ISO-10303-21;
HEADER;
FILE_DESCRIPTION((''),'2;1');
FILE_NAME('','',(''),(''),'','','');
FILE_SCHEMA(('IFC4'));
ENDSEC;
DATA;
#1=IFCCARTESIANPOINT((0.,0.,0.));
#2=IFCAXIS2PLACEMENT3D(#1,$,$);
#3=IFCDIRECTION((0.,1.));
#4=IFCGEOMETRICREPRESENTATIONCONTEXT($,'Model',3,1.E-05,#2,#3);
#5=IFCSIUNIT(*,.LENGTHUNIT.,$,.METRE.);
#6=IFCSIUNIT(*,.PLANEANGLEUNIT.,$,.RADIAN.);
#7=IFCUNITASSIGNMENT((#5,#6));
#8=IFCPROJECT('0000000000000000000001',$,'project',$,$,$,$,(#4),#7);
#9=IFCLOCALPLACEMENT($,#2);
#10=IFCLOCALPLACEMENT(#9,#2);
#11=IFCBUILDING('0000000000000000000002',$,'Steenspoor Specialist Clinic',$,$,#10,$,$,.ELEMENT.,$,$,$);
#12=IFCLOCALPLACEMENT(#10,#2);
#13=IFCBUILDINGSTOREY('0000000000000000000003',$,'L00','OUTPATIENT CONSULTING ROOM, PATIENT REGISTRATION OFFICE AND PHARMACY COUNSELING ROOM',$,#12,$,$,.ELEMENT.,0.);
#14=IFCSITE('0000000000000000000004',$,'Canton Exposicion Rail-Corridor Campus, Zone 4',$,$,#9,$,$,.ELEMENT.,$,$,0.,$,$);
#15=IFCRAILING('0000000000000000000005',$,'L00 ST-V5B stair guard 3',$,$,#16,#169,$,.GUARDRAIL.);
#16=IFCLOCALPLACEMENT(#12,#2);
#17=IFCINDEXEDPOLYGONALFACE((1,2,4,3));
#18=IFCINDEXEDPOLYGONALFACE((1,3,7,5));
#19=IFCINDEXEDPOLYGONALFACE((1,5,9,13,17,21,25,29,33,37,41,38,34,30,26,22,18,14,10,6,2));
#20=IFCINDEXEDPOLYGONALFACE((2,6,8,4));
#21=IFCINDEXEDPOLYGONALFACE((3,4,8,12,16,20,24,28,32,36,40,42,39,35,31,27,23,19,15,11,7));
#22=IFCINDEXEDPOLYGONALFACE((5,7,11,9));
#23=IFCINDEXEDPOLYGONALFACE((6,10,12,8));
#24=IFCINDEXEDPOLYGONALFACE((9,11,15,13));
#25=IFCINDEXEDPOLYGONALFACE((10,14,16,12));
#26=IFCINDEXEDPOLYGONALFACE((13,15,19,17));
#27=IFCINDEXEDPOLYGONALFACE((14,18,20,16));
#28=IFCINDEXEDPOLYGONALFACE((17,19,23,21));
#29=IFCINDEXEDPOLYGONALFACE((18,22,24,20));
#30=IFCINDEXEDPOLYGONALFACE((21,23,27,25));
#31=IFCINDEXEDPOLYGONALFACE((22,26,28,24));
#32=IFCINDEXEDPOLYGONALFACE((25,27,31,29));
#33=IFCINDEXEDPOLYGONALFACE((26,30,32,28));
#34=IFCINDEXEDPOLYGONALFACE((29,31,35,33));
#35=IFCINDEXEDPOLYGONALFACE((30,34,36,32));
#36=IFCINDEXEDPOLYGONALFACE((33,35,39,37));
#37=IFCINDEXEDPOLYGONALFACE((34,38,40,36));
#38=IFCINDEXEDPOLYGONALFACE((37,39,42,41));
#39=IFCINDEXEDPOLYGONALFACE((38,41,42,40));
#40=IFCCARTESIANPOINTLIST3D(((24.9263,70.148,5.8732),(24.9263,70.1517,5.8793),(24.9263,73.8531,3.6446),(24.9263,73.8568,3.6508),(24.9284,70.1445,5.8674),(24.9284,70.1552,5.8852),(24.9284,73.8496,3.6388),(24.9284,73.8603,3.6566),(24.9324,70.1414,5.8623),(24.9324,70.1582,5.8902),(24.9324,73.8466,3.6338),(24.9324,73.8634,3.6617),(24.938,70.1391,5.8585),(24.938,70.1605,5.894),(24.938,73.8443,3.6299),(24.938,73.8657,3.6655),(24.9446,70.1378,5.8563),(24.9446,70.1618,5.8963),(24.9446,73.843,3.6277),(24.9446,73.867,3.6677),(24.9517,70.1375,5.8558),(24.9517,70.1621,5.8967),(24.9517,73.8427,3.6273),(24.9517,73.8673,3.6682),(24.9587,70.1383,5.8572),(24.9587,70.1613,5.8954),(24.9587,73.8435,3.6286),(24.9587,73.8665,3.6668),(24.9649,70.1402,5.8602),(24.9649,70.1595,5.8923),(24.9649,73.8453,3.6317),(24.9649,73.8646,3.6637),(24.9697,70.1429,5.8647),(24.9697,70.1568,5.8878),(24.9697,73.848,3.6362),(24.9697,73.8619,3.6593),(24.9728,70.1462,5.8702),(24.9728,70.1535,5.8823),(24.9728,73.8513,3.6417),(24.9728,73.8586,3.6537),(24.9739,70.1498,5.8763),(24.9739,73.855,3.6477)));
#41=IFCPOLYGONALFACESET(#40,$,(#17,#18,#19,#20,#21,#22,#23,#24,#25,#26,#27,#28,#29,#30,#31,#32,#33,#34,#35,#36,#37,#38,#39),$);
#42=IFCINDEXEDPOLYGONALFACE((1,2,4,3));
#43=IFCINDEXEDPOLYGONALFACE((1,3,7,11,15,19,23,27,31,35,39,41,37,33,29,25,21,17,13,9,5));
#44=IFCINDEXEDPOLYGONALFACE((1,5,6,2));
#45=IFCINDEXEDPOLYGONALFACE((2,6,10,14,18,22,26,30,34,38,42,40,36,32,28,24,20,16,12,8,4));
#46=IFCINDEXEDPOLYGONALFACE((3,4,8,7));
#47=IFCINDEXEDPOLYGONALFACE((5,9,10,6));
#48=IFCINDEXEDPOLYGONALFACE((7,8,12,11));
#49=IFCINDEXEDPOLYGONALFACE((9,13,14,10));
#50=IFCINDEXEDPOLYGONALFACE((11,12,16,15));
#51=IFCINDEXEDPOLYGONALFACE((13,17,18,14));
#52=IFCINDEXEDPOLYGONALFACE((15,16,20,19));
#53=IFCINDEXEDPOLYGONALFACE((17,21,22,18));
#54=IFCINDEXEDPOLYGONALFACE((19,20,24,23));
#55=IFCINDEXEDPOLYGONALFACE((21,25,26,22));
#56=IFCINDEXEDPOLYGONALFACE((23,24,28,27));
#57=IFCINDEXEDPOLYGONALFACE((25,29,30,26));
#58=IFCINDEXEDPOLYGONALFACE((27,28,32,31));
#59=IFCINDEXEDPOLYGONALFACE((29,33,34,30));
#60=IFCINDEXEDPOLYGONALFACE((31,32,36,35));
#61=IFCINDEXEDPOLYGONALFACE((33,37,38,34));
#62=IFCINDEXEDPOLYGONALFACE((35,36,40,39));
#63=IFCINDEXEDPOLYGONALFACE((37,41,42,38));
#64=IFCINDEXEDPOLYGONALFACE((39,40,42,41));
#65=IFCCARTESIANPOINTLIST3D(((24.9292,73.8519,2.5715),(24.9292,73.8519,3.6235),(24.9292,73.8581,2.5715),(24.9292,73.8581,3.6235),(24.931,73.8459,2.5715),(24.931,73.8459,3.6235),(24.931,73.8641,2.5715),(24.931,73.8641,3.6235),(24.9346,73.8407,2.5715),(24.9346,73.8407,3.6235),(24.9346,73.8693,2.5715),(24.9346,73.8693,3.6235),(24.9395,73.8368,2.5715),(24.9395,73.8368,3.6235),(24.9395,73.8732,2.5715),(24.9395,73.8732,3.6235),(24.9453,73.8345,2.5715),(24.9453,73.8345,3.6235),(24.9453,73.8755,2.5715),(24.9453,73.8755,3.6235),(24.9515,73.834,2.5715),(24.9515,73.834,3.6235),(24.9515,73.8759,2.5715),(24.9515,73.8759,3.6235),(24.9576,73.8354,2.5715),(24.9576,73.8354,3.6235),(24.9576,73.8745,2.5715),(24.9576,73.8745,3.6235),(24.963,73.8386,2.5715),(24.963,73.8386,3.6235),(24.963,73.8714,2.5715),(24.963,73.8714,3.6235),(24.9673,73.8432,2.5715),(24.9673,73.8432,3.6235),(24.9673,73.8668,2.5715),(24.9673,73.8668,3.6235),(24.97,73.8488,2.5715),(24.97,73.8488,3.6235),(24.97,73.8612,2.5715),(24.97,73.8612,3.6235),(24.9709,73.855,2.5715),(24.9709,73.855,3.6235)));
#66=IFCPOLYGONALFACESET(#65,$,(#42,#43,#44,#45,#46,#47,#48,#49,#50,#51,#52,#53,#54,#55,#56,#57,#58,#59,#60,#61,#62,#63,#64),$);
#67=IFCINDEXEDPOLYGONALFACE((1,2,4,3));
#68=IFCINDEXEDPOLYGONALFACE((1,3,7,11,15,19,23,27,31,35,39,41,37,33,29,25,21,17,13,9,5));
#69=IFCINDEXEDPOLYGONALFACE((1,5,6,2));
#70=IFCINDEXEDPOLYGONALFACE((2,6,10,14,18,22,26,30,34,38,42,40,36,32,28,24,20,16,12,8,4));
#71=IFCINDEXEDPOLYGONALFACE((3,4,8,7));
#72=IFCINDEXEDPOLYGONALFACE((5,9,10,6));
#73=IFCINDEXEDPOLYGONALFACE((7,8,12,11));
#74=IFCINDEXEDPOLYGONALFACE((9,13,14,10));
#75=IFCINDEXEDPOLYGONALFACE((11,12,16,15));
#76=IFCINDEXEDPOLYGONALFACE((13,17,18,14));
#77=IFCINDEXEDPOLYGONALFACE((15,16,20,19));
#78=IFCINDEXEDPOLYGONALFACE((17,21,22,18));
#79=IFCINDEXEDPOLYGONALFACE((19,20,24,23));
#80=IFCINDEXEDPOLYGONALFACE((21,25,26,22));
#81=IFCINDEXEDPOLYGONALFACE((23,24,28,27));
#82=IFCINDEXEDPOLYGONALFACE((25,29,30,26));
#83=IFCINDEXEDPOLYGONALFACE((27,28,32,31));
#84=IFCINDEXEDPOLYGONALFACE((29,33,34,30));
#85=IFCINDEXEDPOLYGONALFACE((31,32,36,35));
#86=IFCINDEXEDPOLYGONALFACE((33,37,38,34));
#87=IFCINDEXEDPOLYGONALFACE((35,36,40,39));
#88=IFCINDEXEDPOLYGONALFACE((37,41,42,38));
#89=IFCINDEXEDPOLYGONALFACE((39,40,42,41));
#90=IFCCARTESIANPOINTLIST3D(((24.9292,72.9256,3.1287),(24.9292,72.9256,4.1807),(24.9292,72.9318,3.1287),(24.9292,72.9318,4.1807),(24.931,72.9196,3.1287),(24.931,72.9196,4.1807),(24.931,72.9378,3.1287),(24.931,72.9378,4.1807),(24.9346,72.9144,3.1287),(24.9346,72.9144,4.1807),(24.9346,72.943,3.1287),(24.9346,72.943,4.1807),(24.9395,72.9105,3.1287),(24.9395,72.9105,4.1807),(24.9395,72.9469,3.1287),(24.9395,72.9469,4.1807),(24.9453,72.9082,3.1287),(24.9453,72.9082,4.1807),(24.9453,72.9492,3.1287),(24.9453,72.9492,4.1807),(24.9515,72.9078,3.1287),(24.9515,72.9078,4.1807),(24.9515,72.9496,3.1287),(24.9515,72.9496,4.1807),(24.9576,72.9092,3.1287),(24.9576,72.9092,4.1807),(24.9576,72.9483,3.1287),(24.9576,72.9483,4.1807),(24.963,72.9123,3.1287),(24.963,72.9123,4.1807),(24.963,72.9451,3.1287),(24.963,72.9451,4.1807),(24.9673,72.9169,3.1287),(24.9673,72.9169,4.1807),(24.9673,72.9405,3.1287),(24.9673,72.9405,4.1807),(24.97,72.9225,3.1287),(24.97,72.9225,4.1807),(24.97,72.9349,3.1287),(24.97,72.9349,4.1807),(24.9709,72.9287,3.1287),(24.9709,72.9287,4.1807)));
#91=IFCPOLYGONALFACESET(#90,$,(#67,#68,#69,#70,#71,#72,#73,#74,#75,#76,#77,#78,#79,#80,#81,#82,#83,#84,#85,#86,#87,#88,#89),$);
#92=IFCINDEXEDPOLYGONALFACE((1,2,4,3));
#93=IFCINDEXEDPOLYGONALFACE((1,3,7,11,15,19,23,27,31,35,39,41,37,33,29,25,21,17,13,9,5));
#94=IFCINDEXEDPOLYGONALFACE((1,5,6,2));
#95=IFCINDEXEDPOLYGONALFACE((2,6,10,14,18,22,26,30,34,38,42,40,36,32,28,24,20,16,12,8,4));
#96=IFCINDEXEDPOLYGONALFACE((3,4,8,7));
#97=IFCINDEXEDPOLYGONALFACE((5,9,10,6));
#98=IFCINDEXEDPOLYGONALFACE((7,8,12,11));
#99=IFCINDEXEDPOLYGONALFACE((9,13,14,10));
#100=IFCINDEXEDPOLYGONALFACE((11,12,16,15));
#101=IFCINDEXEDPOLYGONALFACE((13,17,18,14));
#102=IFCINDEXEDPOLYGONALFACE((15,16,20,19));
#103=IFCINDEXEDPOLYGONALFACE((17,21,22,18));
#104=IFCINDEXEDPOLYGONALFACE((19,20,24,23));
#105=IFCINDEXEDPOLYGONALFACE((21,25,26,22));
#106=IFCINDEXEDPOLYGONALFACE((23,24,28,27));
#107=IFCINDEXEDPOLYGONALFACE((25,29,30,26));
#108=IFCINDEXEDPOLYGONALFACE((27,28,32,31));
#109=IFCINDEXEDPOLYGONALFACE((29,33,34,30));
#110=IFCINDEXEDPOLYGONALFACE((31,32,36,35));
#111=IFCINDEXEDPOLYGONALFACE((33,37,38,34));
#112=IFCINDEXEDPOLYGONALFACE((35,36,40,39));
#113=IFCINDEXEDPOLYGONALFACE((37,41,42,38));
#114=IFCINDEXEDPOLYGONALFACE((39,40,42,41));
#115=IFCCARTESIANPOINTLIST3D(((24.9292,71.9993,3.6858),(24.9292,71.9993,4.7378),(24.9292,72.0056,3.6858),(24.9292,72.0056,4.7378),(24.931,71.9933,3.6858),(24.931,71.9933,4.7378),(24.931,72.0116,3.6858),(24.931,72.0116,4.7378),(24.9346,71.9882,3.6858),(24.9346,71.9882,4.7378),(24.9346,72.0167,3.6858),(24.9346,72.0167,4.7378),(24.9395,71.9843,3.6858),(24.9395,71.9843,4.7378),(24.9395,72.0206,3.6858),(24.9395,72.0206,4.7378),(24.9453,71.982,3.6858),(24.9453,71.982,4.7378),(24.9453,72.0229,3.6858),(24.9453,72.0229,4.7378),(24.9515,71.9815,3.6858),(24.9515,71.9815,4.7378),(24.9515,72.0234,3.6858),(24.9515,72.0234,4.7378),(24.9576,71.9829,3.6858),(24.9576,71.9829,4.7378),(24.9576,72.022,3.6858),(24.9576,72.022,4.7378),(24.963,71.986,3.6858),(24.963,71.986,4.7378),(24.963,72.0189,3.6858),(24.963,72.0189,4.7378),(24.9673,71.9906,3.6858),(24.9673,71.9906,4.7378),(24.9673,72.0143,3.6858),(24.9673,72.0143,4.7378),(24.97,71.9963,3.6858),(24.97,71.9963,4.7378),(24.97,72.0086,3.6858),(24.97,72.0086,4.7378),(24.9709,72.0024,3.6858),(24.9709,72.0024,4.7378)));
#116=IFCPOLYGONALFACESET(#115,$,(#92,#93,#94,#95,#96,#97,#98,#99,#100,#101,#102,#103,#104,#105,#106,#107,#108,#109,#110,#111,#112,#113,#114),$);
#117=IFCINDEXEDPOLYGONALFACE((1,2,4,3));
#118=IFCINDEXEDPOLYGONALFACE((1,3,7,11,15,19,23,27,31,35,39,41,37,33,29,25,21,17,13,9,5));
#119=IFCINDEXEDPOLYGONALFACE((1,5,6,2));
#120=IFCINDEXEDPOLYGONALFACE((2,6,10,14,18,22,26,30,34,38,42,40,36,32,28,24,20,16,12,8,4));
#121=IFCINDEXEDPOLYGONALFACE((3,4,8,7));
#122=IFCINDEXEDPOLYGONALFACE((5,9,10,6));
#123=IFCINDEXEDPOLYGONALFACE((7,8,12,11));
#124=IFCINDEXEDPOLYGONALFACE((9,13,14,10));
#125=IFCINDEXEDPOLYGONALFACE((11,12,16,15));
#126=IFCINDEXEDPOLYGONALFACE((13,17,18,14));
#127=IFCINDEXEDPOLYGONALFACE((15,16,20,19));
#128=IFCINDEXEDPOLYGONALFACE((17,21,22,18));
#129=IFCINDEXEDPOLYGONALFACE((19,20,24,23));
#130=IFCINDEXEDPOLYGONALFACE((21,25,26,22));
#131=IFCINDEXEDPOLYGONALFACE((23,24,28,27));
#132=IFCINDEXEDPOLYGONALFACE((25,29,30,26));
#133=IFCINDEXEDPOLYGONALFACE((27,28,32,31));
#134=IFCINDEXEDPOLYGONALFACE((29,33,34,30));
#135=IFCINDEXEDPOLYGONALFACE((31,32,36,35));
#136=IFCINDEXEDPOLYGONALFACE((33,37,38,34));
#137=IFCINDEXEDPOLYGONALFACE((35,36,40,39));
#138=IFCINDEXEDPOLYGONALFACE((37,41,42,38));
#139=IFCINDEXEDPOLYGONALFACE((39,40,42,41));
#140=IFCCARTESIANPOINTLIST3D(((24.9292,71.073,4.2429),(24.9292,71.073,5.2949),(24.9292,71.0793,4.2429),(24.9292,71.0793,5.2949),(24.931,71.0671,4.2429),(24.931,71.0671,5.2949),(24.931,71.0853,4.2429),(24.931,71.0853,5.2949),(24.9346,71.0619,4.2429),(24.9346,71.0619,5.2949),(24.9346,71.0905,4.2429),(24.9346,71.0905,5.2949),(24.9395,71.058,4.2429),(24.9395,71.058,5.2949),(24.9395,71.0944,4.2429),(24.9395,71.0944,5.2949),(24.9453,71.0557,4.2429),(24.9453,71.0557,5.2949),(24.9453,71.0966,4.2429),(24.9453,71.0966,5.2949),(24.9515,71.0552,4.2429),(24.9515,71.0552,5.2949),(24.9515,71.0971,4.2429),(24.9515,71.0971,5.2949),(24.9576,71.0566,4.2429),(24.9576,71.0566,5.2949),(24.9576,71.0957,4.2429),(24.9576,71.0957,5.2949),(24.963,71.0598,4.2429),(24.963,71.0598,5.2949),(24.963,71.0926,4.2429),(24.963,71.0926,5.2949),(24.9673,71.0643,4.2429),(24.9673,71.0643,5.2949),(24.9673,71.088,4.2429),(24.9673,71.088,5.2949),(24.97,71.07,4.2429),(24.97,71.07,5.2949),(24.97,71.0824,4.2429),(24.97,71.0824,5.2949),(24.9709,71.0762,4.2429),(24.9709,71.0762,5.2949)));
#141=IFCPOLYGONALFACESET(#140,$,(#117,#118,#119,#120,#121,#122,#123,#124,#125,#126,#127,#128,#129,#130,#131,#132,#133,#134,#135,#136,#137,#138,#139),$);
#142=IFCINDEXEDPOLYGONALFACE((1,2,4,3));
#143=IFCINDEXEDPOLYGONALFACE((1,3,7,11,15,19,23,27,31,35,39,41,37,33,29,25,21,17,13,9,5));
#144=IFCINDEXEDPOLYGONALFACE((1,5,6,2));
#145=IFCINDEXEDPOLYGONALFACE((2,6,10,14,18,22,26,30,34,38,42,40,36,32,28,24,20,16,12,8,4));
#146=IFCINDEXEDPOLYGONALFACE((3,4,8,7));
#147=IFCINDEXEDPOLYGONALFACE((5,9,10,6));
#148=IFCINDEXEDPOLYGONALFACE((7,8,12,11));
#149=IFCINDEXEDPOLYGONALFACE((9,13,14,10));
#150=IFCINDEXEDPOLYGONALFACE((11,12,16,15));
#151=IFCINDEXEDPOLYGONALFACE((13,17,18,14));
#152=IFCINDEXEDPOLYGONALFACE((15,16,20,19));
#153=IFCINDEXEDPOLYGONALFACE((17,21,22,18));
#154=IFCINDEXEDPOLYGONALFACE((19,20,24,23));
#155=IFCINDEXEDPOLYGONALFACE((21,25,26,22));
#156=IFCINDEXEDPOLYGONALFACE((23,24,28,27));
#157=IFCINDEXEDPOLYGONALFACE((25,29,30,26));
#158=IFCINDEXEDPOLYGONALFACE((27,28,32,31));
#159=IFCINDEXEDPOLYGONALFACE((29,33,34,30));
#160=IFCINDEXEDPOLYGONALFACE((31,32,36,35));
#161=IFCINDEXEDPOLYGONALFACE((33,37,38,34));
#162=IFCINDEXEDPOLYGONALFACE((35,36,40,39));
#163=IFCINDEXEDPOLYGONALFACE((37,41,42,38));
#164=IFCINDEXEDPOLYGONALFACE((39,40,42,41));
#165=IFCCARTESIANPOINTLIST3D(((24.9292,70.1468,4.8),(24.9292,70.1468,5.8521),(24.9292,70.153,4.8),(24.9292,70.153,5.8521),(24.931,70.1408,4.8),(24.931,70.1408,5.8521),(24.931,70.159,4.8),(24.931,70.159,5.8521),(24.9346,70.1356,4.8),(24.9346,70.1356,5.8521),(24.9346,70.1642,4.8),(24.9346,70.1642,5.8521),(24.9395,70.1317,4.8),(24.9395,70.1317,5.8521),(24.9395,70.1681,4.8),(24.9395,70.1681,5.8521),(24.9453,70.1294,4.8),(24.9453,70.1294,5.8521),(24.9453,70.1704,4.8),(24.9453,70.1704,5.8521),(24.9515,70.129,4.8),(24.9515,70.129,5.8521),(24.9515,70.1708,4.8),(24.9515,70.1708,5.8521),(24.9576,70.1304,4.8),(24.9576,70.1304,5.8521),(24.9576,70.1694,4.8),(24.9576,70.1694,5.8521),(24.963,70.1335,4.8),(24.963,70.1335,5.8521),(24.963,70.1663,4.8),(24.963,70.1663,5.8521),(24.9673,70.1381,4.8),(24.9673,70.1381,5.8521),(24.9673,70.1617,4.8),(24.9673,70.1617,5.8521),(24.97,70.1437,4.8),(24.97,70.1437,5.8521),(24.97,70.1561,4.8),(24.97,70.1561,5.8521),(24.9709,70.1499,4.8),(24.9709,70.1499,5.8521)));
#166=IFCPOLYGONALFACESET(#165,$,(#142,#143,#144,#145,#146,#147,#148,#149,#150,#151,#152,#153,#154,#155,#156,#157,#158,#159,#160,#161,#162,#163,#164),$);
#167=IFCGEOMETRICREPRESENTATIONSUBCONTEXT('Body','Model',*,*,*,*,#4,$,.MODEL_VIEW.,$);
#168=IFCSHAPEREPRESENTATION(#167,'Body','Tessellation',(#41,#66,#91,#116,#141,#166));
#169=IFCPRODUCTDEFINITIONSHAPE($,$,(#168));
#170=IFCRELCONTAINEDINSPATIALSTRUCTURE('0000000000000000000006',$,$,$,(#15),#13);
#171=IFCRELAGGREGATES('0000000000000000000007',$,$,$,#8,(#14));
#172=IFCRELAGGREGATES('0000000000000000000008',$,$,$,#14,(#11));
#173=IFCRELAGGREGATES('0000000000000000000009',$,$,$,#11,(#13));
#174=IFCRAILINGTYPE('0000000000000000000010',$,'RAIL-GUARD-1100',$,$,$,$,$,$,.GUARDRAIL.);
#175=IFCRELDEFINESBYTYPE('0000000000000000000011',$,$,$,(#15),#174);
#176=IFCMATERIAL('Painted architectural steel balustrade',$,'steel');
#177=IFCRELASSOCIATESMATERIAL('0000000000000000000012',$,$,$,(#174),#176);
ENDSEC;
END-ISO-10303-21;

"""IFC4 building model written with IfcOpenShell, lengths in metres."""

from ifc_helpers import new_model, si_unit, direction, frame, origin, origin_2d, place, context, subcontext, project, spatial, circle, extrude, material, type_object, element, save


model = new_model("IFC4")

# Units and contexts
model_context = context("Model", 3, precision=1e-05, world=origin(), true_north=direction((0.0, 1.0)))
body_context = subcontext(model_context, "Body", "Model", "MODEL_VIEW")
ifc_project = project(units=[si_unit("LENGTHUNIT", "METRE"), si_unit("PLANEANGLEUNIT", "RADIAN")], contexts=[model_context])

# Site, building, storey
site_placement = place(None, origin())
site = spatial("IfcSite", under=ifc_project, at=site_placement, Name="Canton Exposicion Rail-Corridor Campus, Zone 4", CompositionType="ELEMENT", RefElevation=0.0)
building_placement = place(site_placement, origin())
building = spatial("IfcBuilding", under=site, at=building_placement, Name="Steenspoor Specialist Clinic", CompositionType="ELEMENT")
storey_placement = place(building_placement, origin())
storey = spatial("IfcBuildingStorey", under=building, at=storey_placement, Name="L00", Description="OUTPATIENT CONSULTING ROOM, PATIENT REGISTRATION OFFICE AND PHARMACY COUNSELING ROOM", CompositionType="ELEMENT", Elevation=0.0)

# Railing
ifc_material_1 = material(Name="Painted architectural steel balustrade", Category="steel")
railing_type_1 = type_object("IfcRailingType", Name="RAIL-GUARD-1100", PredefinedType="GUARDRAIL", material=ifc_material_1)
railing_1_placement = place(storey_placement, frame((24.95, 73.855, 2.5715)))
element("IfcRailing", 1, at=railing_1_placement, inside=storey, type_object=railing_type_1, Name="L00 ST-V5B stair guard 3", PredefinedType="GUARDRAIL", context=body_context, shape_type="SweptSolid", body=[
    extrude(circle(Radius=0.0239, at=origin_2d()), frame((0.0, 0.0, 1.0762), z_axis=(0.0, -0.856934, 0.515425), x_axis=(1.0, 0.0, 0.0)), (0.0, 0.0, 1.0), 4.3237),
    extrude(circle(Radius=0.021, at=origin_2d()), origin(), (0.0, 0.0, 1.0), 1.052),
    extrude(circle(Radius=0.021, at=origin_2d()), frame((0.0, -0.9263, 0.5571)), (0.0, 0.0, 1.0), 1.052),
    extrude(circle(Radius=0.021, at=origin_2d()), frame((0.0, -1.8525, 1.1143)), (0.0, 0.0, 1.0), 1.052),
    extrude(circle(Radius=0.021, at=origin_2d()), frame((0.0, -2.7788, 1.6714)), (0.0, 0.0, 1.0), 1.052),
    extrude(circle(Radius=0.021, at=origin_2d()), frame((0.0, -3.7051, 2.2285)), (0.0, 0.0, 1.0), 1.052),
])

save(model, "model.ifc")
